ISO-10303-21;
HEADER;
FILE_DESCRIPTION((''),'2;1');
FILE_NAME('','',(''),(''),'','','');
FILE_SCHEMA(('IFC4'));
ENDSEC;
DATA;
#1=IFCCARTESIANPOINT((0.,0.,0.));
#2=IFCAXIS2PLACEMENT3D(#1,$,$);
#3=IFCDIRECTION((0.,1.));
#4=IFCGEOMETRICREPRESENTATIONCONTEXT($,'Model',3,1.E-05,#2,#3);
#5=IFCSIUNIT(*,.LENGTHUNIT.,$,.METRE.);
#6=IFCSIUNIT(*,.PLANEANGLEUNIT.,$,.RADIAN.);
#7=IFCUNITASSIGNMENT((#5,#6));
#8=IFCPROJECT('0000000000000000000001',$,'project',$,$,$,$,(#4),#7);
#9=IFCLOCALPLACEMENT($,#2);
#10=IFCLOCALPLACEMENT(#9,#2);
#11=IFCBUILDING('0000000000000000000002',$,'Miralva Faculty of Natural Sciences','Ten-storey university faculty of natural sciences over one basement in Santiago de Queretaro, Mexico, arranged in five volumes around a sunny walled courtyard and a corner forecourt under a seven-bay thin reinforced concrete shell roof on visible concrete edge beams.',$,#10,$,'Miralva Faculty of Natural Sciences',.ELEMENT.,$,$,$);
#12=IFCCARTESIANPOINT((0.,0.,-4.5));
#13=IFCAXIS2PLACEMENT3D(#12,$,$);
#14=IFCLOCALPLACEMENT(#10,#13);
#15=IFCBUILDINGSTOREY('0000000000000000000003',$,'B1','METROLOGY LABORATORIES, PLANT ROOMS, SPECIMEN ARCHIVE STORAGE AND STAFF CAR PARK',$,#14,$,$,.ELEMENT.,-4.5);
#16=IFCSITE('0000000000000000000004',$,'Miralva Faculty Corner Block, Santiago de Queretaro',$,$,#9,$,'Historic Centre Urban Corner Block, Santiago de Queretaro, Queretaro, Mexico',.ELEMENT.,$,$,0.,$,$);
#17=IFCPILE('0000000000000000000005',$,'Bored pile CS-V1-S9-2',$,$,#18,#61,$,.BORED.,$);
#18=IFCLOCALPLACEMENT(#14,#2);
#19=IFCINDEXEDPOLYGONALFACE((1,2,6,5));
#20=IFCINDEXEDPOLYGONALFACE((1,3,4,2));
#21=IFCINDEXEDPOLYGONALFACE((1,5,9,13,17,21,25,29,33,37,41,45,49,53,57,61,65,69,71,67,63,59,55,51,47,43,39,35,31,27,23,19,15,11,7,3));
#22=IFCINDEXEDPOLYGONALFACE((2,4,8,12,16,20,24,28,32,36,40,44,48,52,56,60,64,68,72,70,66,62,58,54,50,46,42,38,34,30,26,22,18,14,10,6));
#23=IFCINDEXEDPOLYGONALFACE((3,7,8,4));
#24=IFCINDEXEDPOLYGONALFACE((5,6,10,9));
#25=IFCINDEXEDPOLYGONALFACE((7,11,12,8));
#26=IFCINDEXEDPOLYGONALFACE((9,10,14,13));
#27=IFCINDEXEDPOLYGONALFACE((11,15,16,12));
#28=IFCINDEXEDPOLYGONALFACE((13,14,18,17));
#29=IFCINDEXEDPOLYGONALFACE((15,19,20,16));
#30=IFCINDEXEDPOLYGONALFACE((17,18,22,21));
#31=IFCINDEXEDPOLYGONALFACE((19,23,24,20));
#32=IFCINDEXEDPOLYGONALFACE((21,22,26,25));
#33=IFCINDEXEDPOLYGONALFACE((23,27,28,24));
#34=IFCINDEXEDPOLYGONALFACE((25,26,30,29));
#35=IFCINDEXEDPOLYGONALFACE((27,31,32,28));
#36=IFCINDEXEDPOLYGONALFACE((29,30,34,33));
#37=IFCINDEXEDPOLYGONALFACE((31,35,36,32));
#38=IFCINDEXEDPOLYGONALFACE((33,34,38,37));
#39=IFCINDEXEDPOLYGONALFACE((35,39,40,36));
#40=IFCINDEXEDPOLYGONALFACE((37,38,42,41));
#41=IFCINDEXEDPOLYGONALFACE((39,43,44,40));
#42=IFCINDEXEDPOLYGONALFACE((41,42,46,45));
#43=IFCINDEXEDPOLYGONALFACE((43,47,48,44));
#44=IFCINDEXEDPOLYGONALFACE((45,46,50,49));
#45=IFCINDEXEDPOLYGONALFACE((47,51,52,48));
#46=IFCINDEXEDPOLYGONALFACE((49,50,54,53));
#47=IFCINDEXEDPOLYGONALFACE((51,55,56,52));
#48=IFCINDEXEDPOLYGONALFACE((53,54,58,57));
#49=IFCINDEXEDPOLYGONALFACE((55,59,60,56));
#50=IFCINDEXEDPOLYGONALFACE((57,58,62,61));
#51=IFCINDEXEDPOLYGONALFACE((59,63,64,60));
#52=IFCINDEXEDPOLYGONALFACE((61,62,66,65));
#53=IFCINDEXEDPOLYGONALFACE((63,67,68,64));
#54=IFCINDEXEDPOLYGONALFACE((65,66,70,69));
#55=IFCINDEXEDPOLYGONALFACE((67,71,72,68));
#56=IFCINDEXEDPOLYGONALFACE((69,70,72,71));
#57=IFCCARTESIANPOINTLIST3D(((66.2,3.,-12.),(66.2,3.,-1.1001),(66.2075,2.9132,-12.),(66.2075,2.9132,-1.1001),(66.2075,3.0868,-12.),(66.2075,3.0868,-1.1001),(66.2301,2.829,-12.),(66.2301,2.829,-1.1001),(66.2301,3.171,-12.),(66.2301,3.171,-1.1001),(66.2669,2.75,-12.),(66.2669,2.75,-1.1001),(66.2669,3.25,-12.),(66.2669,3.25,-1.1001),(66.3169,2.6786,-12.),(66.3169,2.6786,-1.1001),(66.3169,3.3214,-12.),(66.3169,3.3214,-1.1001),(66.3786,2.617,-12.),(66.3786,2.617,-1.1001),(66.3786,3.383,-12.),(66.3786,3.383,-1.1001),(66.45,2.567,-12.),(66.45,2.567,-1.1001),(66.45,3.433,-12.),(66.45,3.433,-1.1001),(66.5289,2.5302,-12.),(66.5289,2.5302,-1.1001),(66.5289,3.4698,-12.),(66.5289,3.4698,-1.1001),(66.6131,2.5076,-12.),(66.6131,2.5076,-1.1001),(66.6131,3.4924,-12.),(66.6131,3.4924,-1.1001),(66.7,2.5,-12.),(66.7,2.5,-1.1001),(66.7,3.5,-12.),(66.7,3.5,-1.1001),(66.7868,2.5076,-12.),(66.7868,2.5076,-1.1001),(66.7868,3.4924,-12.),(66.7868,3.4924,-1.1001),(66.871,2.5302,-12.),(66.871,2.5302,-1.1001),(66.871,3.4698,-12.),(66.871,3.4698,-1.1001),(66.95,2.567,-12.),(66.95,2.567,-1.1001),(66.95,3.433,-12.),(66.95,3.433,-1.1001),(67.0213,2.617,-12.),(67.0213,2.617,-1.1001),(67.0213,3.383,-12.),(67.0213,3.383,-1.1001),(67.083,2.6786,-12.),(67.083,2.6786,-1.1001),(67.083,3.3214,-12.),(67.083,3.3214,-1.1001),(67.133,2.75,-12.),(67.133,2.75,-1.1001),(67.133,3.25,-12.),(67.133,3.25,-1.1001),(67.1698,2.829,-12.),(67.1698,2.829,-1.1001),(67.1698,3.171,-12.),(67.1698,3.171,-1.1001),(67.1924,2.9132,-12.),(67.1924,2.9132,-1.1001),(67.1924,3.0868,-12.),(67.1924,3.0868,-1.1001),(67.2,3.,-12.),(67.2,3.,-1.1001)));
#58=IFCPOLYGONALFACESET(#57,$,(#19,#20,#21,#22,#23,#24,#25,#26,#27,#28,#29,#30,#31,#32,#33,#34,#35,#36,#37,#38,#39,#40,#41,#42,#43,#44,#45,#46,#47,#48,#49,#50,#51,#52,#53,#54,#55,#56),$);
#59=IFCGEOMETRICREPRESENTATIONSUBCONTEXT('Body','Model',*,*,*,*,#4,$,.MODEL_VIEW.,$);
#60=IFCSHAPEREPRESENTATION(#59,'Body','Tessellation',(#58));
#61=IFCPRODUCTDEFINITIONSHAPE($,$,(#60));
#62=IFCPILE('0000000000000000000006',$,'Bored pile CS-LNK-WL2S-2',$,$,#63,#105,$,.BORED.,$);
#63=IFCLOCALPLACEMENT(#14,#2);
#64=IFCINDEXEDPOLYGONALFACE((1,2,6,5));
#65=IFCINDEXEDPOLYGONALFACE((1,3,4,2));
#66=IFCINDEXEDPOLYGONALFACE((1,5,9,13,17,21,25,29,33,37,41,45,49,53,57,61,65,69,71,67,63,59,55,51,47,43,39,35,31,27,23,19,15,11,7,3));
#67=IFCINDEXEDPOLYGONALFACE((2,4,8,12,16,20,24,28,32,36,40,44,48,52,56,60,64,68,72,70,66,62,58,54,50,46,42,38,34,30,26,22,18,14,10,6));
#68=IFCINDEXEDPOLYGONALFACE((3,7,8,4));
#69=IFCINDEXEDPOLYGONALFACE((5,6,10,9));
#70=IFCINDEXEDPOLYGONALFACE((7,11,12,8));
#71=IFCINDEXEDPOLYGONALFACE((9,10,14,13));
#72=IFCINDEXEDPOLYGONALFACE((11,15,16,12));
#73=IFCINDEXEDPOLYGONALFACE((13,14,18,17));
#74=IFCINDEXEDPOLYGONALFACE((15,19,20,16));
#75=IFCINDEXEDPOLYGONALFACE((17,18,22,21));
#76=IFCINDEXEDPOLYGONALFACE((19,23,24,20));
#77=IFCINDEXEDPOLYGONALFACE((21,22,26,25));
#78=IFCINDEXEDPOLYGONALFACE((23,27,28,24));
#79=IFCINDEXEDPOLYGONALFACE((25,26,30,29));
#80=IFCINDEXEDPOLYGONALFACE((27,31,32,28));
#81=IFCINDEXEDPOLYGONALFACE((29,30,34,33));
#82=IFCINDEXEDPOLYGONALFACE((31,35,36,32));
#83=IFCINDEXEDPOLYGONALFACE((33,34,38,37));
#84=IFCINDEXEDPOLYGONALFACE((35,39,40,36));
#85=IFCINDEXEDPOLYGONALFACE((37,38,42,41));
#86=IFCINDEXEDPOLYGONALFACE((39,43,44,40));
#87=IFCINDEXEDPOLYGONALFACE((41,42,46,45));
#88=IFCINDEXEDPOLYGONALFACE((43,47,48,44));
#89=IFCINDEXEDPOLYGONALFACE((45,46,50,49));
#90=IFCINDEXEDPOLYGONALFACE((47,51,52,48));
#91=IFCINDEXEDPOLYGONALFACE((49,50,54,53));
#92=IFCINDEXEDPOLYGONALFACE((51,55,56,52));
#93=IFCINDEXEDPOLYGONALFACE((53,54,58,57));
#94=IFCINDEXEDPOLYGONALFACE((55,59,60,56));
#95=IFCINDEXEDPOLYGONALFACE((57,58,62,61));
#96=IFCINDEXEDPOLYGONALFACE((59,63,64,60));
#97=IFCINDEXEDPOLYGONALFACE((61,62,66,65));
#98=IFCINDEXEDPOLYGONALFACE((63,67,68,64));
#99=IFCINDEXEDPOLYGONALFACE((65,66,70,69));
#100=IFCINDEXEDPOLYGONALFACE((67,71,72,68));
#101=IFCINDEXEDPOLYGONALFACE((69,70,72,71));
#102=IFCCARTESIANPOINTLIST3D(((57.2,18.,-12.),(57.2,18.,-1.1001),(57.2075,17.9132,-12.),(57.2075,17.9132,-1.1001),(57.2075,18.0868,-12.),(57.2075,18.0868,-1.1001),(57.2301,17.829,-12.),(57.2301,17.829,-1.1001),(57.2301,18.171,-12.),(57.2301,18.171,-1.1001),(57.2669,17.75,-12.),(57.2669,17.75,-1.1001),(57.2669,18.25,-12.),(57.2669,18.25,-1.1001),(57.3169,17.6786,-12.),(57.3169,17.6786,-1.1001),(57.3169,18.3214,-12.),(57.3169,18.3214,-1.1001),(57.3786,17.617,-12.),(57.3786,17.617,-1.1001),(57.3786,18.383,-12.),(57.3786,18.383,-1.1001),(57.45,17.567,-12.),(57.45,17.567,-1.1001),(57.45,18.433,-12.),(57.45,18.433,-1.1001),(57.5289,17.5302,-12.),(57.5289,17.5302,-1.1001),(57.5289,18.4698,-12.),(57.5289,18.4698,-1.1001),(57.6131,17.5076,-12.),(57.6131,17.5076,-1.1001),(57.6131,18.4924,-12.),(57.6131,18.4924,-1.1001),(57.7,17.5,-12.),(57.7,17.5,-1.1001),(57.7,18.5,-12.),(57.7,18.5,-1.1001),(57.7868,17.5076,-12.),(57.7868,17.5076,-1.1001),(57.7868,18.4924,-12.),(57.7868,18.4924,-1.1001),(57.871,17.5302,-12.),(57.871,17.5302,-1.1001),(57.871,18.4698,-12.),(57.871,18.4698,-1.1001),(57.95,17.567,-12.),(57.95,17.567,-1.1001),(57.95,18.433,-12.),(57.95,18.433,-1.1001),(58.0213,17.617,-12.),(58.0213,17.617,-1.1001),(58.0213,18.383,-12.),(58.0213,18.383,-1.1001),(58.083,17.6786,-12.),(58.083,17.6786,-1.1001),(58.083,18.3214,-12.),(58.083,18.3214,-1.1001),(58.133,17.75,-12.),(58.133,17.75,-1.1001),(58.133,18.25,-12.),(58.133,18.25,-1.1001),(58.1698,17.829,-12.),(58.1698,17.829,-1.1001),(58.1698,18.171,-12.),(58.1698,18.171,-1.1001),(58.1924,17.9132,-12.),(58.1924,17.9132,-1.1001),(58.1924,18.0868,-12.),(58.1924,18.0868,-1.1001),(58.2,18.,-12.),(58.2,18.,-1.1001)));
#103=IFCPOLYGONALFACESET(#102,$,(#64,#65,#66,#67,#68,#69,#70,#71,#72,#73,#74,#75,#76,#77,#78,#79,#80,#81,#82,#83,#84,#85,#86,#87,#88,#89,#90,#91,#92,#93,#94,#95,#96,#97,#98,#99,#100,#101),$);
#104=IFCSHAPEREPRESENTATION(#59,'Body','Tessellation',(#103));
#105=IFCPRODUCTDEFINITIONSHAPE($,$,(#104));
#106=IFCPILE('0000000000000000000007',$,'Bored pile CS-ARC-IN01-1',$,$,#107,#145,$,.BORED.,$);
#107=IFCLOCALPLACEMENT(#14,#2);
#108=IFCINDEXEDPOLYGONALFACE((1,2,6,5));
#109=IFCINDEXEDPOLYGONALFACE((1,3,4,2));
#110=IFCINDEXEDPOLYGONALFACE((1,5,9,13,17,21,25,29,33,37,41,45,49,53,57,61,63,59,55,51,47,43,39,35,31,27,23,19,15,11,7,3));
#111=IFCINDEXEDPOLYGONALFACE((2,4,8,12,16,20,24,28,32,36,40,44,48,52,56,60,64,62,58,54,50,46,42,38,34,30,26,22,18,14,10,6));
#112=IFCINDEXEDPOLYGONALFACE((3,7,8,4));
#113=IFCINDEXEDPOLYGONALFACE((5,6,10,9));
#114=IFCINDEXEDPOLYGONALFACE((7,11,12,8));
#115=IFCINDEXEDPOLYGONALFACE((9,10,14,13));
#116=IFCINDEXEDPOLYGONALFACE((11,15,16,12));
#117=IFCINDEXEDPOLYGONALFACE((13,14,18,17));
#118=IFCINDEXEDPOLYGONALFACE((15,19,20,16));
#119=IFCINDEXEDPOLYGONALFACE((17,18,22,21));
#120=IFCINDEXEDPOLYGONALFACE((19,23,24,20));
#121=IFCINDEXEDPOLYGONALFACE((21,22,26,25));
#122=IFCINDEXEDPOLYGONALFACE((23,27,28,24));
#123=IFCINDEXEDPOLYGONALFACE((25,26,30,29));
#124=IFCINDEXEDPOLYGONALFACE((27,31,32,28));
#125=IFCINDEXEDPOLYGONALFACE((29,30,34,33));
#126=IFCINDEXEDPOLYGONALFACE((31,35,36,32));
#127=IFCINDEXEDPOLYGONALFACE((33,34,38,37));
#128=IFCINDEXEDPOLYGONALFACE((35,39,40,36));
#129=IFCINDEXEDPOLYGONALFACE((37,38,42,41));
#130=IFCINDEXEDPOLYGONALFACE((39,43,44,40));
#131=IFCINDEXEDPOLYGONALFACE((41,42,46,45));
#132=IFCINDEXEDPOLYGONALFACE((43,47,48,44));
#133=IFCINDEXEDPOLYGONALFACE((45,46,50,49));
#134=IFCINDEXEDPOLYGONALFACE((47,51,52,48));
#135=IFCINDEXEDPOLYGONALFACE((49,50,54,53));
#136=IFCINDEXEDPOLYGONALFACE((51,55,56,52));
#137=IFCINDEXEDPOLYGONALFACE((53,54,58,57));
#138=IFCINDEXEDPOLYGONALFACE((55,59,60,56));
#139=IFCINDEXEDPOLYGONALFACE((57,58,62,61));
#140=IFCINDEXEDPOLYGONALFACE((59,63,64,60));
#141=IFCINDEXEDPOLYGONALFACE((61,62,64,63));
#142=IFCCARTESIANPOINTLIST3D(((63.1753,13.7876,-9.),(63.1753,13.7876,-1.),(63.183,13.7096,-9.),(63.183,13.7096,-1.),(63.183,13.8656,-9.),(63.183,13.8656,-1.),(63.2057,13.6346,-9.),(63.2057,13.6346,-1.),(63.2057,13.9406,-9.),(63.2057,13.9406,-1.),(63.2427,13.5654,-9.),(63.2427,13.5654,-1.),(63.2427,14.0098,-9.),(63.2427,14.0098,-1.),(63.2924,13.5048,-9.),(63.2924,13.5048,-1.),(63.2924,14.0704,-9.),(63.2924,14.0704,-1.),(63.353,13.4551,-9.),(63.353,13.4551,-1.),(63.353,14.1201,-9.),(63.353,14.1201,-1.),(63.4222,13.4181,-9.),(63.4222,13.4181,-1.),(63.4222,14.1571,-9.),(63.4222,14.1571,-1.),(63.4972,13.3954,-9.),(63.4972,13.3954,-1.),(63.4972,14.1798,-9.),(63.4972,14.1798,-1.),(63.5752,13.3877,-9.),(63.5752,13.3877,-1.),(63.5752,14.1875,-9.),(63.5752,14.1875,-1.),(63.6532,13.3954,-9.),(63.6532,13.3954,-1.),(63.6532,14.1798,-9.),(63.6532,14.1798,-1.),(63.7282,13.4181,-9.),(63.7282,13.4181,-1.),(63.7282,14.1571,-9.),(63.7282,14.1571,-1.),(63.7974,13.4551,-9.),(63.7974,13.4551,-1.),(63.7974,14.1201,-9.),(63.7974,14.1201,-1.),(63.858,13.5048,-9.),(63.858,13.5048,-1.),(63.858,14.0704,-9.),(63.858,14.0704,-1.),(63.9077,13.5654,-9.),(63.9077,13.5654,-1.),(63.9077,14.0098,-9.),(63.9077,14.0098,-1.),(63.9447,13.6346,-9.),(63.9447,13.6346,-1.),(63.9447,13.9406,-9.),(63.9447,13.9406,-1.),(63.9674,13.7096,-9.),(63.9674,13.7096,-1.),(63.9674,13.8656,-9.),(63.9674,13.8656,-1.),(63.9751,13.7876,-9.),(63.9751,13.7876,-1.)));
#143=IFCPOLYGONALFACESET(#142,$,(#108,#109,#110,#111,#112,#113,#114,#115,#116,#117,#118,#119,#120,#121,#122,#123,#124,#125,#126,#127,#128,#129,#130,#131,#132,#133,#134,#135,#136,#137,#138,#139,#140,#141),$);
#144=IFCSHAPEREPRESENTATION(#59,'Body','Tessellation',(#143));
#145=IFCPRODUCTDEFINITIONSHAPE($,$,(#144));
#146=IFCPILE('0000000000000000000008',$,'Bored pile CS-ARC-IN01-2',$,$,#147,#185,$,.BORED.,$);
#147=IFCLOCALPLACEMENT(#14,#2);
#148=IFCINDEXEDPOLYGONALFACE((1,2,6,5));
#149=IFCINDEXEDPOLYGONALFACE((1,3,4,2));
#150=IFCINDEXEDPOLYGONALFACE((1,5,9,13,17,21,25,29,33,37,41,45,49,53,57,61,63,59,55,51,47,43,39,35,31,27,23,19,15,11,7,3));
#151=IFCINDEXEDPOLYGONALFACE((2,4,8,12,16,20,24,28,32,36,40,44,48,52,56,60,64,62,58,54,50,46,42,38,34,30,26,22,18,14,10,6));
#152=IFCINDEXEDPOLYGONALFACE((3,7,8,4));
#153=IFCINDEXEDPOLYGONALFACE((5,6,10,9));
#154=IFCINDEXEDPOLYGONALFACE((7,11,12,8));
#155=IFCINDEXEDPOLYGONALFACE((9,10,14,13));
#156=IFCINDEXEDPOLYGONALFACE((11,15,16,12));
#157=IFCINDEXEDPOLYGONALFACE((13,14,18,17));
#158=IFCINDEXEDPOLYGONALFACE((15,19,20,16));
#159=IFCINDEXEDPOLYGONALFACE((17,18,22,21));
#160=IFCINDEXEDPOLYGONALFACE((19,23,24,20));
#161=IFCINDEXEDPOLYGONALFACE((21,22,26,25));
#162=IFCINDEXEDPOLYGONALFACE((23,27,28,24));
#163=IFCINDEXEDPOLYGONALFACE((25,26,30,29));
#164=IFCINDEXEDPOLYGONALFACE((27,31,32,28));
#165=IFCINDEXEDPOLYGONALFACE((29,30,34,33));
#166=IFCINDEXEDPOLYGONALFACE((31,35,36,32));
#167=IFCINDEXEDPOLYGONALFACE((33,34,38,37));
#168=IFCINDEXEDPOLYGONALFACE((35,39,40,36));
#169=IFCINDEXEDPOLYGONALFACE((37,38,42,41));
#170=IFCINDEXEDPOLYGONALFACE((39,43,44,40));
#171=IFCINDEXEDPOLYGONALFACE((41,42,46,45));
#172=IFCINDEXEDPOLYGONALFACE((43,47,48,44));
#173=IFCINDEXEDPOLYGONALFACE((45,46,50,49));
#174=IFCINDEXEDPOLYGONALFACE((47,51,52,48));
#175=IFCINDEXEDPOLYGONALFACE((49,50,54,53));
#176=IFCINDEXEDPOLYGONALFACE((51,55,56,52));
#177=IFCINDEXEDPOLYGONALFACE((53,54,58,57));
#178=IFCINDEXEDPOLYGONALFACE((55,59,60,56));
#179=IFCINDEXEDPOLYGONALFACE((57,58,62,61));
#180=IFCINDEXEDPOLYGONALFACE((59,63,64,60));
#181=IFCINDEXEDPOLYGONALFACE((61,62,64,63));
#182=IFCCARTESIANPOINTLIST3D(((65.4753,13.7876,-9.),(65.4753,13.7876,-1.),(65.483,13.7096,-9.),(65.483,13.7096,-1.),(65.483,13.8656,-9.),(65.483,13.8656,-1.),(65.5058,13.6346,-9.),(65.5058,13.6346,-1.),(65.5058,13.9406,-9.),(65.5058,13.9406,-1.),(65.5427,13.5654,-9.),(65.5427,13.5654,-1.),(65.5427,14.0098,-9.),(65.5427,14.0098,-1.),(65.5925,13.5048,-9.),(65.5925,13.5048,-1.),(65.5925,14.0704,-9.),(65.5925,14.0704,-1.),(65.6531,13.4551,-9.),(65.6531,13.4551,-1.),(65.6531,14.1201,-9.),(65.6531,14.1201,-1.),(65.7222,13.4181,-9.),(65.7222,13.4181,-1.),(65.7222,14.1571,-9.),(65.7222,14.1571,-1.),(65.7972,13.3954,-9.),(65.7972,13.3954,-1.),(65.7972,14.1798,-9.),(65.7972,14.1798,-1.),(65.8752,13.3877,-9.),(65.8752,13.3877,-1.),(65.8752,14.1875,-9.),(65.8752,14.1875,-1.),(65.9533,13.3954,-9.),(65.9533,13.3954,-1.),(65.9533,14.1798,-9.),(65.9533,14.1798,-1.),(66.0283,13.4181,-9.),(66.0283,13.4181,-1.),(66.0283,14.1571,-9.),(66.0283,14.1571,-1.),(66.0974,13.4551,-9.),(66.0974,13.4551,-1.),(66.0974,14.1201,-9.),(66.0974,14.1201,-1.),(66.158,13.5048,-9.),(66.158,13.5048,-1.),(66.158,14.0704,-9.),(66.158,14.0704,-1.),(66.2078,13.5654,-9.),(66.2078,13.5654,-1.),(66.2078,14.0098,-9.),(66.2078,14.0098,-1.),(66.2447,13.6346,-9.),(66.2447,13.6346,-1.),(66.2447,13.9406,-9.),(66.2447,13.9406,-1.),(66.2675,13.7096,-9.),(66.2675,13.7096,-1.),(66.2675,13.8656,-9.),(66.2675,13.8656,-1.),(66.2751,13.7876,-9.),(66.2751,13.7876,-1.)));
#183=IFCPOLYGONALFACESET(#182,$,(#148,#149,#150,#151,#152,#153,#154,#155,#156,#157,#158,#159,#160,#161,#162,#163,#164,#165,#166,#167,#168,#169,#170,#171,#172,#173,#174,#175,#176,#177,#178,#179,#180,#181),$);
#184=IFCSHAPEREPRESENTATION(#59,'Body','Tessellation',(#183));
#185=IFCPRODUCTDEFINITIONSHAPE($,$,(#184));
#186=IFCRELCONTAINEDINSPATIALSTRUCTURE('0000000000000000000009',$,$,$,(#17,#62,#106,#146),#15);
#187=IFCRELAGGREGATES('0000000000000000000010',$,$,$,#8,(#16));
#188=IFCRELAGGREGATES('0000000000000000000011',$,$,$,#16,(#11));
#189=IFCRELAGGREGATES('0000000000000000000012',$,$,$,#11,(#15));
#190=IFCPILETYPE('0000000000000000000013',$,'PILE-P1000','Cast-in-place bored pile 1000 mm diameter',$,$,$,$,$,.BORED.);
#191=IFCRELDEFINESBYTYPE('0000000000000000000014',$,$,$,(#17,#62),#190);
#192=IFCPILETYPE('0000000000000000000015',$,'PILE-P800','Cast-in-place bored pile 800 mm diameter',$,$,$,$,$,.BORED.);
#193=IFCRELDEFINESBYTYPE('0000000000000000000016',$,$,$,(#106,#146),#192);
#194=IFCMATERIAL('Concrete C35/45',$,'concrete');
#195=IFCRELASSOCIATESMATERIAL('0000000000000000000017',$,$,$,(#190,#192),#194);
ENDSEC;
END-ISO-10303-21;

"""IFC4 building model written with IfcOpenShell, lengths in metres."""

from ifc_helpers import new_model, si_unit, direction, frame, origin, origin_2d, place, context, subcontext, project, spatial, circle, extrude, material, material_profile, profile_set, type_object, element, save


model = new_model("IFC4")

# Units and contexts
model_context = context("Model", 3, precision=1e-05, world=origin(), true_north=direction((0.0, 1.0)))
body_context = subcontext(model_context, "Body", "Model", "MODEL_VIEW")
ifc_project = project(units=[si_unit("LENGTHUNIT", "METRE"), si_unit("PLANEANGLEUNIT", "RADIAN")], contexts=[model_context])

# Site, building, storey
site_placement = place(None, origin())
site = spatial("IfcSite", under=ifc_project, at=site_placement, Name="Miralva Faculty Corner Block, Santiago de Queretaro", LongName="Historic Centre Urban Corner Block, Santiago de Queretaro, Queretaro, Mexico", CompositionType="ELEMENT", RefElevation=0.0)
building_placement = place(site_placement, origin())
building = spatial("IfcBuilding", under=site, at=building_placement, Name="Miralva Faculty of Natural Sciences", Description="Ten-storey university faculty of natural sciences over one basement in Santiago de Queretaro, Mexico, arranged in five volumes around a sunny walled courtyard and a corner forecourt under a seven-bay thin reinforced concrete shell roof on visible concrete edge beams.", LongName="Miralva Faculty of Natural Sciences", CompositionType="ELEMENT")
storey_placement = place(building_placement, frame((0.0, 0.0, -4.5)))
storey = spatial("IfcBuildingStorey", under=building, at=storey_placement, Name="B1", Description="METROLOGY LABORATORIES, PLANT ROOMS, SPECIMEN ARCHIVE STORAGE AND STAFF CAR PARK", CompositionType="ELEMENT", Elevation=-4.5)

# Shared definitions
ifc_material_1 = material(Name="Concrete C35/45", Category="concrete")

# Piles
ifc_material_profile_1 = material_profile(ifc_material_1, circle(Radius=0.5, at=origin_2d()), Name="BORED PILE 1000")
ifc_profile_set_1 = profile_set([ifc_material_profile_1], Name="Concrete C35/45")
pile_type_1 = type_object("IfcPileType", Name="PILE-P1000", Description="Cast-in-place bored pile 1000 mm diameter", PredefinedType="BORED", material=ifc_profile_set_1)
for number, where, z_axis, x_axis, name in (
    (1, (66.7, 3.0, -1.1001), (0.0, 0.0, -1.0), (1.0, 0.0, 0.0), "Bored pile CS-V1-S9-2"),
    (2, (57.7, 18.0, -1.1001), (0.0, 0.0, -1.0), (1.0, 0.0, 0.0), "Bored pile CS-LNK-WL2S-2"),
):
    element("IfcPile", number, at=place(storey_placement, frame(where, z_axis=z_axis, x_axis=x_axis)), inside=storey, type_object=pile_type_1, Name=name, PredefinedType="BORED", context=body_context, shape_type="SweptSolid", body=[
        extrude(circle(Radius=0.5, at=origin_2d()), origin(), (0.0, 0.0, 1.0), 10.8999),
    ])
ifc_material_profile_2 = material_profile(ifc_material_1, circle(Radius=0.3999, at=origin_2d()), Name="BORED PILE 800")
ifc_profile_set_2 = profile_set([ifc_material_profile_2], Name="Concrete C35/45")
pile_type_2 = type_object("IfcPileType", Name="PILE-P800", Description="Cast-in-place bored pile 800 mm diameter", PredefinedType="BORED", material=ifc_profile_set_2)
for number, where, z_axis, x_axis, name in (
    (3, (63.5752, 13.7876, -1.0), (0.0, 0.0, -1.0), (1.0, 0.0, 0.0), "Bored pile CS-ARC-IN01-1"),
    (4, (65.8752, 13.7876, -1.0), (0.0, 0.0, -1.0), (1.0, 0.0, 0.0), "Bored pile CS-ARC-IN01-2"),
):
    element("IfcPile", number, at=place(storey_placement, frame(where, z_axis=z_axis, x_axis=x_axis)), inside=storey, type_object=pile_type_2, Name=name, PredefinedType="BORED", context=body_context, shape_type="SweptSolid", body=[
        extrude(circle(Radius=0.3999, at=origin_2d()), origin(), (0.0, 0.0, 1.0), 8.0),
    ])

save(model, "model.ifc")
